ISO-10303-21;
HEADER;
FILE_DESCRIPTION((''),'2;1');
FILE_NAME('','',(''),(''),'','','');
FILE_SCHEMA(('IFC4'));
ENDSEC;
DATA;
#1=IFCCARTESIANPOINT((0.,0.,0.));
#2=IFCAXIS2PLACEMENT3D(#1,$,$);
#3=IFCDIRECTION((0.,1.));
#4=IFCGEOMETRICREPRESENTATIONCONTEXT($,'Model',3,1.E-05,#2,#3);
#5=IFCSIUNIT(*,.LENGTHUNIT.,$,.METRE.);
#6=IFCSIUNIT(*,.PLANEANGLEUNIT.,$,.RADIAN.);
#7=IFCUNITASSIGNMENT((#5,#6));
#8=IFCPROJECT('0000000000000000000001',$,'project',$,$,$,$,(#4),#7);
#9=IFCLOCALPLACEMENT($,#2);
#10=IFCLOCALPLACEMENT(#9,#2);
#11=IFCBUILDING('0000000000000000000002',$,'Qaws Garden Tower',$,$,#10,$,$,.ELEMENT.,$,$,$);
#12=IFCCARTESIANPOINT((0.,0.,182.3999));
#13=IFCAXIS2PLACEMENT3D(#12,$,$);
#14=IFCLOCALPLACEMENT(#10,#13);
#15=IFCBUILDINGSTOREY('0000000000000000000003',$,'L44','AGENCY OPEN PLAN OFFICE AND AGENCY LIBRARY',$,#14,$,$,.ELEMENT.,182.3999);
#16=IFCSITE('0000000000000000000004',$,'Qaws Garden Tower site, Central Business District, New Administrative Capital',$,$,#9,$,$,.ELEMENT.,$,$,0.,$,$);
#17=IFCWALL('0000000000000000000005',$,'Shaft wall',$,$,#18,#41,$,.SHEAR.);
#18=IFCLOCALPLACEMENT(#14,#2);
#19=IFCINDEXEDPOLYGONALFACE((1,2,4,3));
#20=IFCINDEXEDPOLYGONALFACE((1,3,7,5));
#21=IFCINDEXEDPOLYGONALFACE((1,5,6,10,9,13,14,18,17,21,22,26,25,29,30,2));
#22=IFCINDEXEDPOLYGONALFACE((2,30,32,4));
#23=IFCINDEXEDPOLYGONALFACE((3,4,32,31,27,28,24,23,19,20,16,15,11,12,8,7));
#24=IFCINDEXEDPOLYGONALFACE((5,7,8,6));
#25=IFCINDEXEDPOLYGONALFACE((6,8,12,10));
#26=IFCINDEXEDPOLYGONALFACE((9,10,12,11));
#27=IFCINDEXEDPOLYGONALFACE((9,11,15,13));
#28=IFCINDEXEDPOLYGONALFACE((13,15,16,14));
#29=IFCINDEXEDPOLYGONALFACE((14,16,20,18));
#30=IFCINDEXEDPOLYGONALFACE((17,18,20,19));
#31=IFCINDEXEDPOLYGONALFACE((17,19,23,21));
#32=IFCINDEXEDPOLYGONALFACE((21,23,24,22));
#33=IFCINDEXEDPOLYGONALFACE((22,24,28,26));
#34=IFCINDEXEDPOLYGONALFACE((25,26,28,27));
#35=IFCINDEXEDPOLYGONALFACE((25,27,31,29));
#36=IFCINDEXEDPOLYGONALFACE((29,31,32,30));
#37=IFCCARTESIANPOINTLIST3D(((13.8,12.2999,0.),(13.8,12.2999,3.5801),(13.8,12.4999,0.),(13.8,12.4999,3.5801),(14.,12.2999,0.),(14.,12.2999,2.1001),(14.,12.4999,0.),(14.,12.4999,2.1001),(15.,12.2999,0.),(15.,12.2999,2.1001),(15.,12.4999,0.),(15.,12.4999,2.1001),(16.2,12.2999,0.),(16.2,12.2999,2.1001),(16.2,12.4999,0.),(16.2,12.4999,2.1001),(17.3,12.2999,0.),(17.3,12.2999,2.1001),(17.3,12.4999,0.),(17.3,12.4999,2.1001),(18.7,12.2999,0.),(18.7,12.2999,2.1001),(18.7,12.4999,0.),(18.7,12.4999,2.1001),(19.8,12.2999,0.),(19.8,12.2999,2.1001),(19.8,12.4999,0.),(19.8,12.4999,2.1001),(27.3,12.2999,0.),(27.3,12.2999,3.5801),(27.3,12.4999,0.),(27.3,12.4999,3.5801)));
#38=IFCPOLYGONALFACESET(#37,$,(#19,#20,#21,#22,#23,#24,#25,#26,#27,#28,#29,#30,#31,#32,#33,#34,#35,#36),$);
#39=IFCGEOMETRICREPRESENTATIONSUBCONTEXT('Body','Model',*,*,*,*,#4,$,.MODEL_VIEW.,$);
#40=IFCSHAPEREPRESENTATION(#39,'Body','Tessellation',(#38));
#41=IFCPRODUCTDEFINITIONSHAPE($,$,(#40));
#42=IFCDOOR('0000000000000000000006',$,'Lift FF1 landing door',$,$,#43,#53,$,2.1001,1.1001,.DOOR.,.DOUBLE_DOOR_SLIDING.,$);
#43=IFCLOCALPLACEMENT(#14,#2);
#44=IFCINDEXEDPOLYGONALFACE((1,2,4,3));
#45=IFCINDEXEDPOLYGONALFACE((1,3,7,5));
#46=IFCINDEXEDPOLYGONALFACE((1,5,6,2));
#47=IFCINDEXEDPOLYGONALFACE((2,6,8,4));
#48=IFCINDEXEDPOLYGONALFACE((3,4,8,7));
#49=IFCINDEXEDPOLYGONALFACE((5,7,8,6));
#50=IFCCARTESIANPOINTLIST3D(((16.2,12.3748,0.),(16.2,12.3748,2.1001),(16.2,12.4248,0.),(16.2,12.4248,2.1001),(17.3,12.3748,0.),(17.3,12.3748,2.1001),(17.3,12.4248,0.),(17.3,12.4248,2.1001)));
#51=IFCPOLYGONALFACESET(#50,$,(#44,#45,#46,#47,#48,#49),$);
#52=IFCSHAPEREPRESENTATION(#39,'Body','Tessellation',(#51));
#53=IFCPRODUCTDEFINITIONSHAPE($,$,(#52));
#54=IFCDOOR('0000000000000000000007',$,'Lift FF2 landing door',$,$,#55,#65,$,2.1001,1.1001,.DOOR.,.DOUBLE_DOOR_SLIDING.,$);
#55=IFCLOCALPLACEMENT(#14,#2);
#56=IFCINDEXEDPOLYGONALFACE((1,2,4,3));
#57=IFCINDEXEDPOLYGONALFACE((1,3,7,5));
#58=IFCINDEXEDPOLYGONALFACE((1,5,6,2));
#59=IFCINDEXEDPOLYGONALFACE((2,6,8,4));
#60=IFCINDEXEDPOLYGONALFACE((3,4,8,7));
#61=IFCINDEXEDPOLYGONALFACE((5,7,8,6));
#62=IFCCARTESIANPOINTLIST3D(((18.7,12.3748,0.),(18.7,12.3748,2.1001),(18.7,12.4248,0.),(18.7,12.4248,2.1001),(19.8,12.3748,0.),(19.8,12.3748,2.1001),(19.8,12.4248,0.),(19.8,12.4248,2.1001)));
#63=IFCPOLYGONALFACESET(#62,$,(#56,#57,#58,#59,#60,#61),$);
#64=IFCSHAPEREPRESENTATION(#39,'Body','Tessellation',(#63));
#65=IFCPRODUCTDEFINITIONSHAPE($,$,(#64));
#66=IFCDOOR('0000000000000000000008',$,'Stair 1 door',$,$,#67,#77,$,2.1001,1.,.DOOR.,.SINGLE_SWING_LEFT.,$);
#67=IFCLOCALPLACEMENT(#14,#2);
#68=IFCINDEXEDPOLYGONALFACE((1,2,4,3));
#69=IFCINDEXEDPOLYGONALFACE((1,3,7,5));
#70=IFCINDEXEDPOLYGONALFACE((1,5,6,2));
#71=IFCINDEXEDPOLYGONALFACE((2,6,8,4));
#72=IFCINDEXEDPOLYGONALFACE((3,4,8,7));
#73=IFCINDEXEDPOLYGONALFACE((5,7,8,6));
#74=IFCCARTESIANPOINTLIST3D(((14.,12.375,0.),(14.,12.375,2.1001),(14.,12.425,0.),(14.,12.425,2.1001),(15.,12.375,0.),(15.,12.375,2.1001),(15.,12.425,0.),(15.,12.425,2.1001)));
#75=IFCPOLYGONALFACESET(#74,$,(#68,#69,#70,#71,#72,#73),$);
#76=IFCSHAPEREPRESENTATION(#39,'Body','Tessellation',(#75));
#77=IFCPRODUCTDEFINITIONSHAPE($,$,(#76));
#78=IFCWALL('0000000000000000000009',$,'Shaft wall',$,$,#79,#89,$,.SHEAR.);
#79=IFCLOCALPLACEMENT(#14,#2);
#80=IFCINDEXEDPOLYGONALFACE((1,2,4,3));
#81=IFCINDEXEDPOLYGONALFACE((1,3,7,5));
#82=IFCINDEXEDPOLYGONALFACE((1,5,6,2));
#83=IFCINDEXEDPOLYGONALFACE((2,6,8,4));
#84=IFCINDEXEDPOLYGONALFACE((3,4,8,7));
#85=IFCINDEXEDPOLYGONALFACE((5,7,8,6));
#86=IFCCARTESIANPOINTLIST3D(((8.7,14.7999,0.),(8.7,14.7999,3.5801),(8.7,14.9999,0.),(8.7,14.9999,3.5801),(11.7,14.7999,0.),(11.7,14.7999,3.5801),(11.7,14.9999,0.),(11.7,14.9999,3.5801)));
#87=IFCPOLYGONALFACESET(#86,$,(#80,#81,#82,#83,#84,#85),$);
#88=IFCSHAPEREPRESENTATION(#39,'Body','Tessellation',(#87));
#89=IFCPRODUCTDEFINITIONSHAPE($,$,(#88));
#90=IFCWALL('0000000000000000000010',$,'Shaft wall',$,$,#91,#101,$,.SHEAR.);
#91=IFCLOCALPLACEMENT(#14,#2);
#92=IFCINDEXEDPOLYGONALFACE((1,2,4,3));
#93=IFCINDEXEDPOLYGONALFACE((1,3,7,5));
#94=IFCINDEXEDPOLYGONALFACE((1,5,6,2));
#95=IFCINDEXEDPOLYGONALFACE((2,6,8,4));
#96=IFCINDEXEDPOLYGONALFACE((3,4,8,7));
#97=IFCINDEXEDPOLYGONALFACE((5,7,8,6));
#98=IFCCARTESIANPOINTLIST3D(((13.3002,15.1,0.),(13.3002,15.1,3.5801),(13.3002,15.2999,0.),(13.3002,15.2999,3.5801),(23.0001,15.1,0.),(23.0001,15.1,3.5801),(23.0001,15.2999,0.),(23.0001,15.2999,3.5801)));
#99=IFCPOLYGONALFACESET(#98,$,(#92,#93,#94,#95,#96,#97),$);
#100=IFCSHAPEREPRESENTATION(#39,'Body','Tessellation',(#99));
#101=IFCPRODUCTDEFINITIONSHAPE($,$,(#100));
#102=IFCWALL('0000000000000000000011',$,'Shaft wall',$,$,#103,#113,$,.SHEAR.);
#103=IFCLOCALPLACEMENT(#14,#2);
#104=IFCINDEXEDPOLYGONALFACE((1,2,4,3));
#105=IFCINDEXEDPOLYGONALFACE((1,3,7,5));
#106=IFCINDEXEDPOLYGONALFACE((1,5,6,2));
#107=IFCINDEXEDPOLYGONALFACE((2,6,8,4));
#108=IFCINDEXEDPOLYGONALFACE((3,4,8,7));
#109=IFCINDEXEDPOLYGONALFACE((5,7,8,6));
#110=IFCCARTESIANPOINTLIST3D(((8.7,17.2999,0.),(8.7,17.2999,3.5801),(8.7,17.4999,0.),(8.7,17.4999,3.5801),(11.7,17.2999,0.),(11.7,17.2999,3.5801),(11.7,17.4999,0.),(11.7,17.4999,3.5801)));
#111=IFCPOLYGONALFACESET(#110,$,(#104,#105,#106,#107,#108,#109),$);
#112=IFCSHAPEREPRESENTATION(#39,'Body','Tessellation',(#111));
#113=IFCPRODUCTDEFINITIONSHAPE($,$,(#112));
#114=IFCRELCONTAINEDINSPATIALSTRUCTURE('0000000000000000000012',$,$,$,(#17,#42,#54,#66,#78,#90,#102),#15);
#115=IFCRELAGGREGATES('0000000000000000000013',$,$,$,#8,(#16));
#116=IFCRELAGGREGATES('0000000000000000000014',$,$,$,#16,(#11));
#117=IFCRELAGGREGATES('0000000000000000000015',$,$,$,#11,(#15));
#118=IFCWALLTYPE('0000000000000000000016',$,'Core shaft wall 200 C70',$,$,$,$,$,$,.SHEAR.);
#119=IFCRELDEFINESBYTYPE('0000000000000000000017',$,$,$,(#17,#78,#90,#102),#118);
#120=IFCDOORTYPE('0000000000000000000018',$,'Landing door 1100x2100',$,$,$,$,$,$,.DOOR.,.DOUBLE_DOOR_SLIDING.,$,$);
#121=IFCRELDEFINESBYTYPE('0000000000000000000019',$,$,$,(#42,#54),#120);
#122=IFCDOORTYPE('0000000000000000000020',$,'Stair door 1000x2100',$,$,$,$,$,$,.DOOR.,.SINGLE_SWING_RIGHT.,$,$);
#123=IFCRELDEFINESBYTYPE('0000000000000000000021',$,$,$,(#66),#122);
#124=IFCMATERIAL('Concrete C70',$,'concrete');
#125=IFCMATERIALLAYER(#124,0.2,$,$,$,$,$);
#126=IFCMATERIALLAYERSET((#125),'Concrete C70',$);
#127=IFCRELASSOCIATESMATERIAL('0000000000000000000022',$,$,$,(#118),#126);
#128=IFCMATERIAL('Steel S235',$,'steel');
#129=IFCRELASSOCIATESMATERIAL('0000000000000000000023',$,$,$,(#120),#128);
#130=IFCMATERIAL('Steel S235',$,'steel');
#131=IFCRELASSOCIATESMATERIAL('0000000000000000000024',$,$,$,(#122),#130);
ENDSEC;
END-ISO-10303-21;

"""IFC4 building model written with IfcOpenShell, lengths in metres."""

from ifc_helpers import new_model, si_unit, direction, frame, frame_2d, origin, place, context, subcontext, project, spatial, rectangle, extrude, material, layer, layer_set, type_object, element, fill, save


model = new_model("IFC4")

# Units and contexts
model_context = context("Model", 3, precision=1e-05, world=origin(), true_north=direction((0.0, 1.0)))
body_context = subcontext(model_context, "Body", "Model", "MODEL_VIEW")
ifc_project = project(units=[si_unit("LENGTHUNIT", "METRE"), si_unit("PLANEANGLEUNIT", "RADIAN")], contexts=[model_context])

# Site, building, storey
site_placement = place(None, origin())
site = spatial("IfcSite", under=ifc_project, at=site_placement, Name="Qaws Garden Tower site, Central Business District, New Administrative Capital", CompositionType="ELEMENT", RefElevation=0.0)
building_placement = place(site_placement, origin())
building = spatial("IfcBuilding", under=site, at=building_placement, Name="Qaws Garden Tower", CompositionType="ELEMENT")
storey_placement = place(building_placement, frame((0.0, 0.0, 182.3999)))
storey = spatial("IfcBuildingStorey", under=building, at=storey_placement, Name="L44", Description="AGENCY OPEN PLAN OFFICE AND AGENCY LIBRARY", CompositionType="ELEMENT", Elevation=182.3999)

# Shared definitions
ifc_material_1 = material(Name="Concrete C70", Category="concrete")
ifc_layer_1 = layer(ifc_material_1, 0.2)
ifc_layer_set_1 = layer_set([ifc_layer_1], Name="Concrete C70")
wall_type_1 = type_object("IfcWallType", Name="Core shaft wall 200 C70", PredefinedType="SHEAR", material=ifc_layer_set_1)

# Wall, openings, doors
wall_1_placement = place(storey_placement, frame((13.8, 12.3999, 0.0), z_axis=(0.0, 0.0, 1.0), x_axis=(1.0, 0.0, 0.0)))
wall_1 = element("IfcWall", 1, at=wall_1_placement, inside=storey, type_object=wall_type_1, Name="Shaft wall", PredefinedType="SHEAR", context=body_context, shape_type="SweptSolid", body=[
    extrude(rectangle(XDim=13.5, YDim=0.2, at=frame_2d((6.75, 0.0))), origin(), (0.0, 0.0, 1.0), 3.5801),
])
opening_1_placement = place(wall_1_placement, frame((2.3999, 0.0, 0.0)))
opening_1 = element("IfcOpeningElement", 2, at=opening_1_placement, cuts=wall_1, PredefinedType="OPENING", context=body_context, shape_type="SweptSolid", body=[
    extrude(rectangle(XDim=1.1001, YDim=2.1001, at=frame_2d((0.55, 1.05))), frame((0.0, 0.1099, 0.0), z_axis=(0.0, -1.0, 0.0), x_axis=(1.0, 0.0, 0.0)), (0.0, 0.0, 1.0), 0.22),
])
opening_2_placement = place(wall_1_placement, frame((4.8999, 0.0, 0.0)))
opening_2 = element("IfcOpeningElement", 3, at=opening_2_placement, cuts=wall_1, PredefinedType="OPENING", context=body_context, shape_type="SweptSolid", body=[
    extrude(rectangle(XDim=1.1001, YDim=2.1001, at=frame_2d((0.55, 1.05))), frame((0.0, 0.1099, 0.0), z_axis=(0.0, -1.0, 0.0), x_axis=(1.0, 0.0, 0.0)), (0.0, 0.0, 1.0), 0.22),
])
opening_3_placement = place(wall_1_placement, frame((0.2, 0.0, 0.0)))
opening_3 = element("IfcOpeningElement", 4, at=opening_3_placement, cuts=wall_1, PredefinedType="OPENING", context=body_context, shape_type="SweptSolid", body=[
    extrude(rectangle(XDim=1.0, YDim=2.1001, at=frame_2d((0.5, 1.05))), frame((0.0, 0.1099, 0.0), z_axis=(0.0, -1.0, 0.0), x_axis=(1.0, 0.0, 0.0)), (0.0, 0.0, 1.0), 0.22),
])
ifc_material_2 = material(Name="Steel S235", Category="steel")
door_type_1 = type_object("IfcDoorType", Name="Landing door 1100x2100", OperationType="DOUBLE_DOOR_SLIDING", PredefinedType="DOOR", material=ifc_material_2)
door_1_placement = place(opening_1_placement, origin())
door_1 = element("IfcDoor", 5, at=door_1_placement, inside=storey, type_object=door_type_1, Name="Lift FF1 landing door", OperationType="DOUBLE_DOOR_SLIDING", OverallHeight=2.1001, OverallWidth=1.1001, PredefinedType="DOOR", context=body_context, shape_type="SweptSolid", body=[
    extrude(rectangle(XDim=1.1001, YDim=2.1001, at=frame_2d((0.55, 1.05))), frame((0.0, 0.0249, 0.0), z_axis=(0.0, -1.0, 0.0), x_axis=(1.0, 0.0, 0.0)), (0.0, 0.0, 1.0), 0.05),
])
fill(opening_1, door_1)
door_2_placement = place(opening_2_placement, origin())
door_2 = element("IfcDoor", 6, at=door_2_placement, inside=storey, type_object=door_type_1, Name="Lift FF2 landing door", OperationType="DOUBLE_DOOR_SLIDING", OverallHeight=2.1001, OverallWidth=1.1001, PredefinedType="DOOR", context=body_context, shape_type="SweptSolid", body=[
    extrude(rectangle(XDim=1.1001, YDim=2.1001, at=frame_2d((0.55, 1.05))), frame((0.0, 0.0249, 0.0), z_axis=(0.0, -1.0, 0.0), x_axis=(1.0, 0.0, 0.0)), (0.0, 0.0, 1.0), 0.05),
])
fill(opening_2, door_2)
ifc_material_3 = material(Name="Steel S235", Category="steel")
door_type_2 = type_object("IfcDoorType", Name="Stair door 1000x2100", OperationType="SINGLE_SWING_RIGHT", PredefinedType="DOOR", material=ifc_material_3)
door_3_placement = place(opening_3_placement, frame((1.0, 0.0, 0.0), z_axis=(0.0, 0.0, 1.0), x_axis=(-1.0, 0.0, 0.0)))
door_3 = element("IfcDoor", 7, at=door_3_placement, inside=storey, type_object=door_type_2, Name="Stair 1 door", OperationType="SINGLE_SWING_LEFT", OverallHeight=2.1001, OverallWidth=1.0, PredefinedType="DOOR", context=body_context, shape_type="SweptSolid", body=[
    extrude(rectangle(XDim=1.0, YDim=2.1001, at=frame_2d((0.5, 1.05))), frame((0.0, 0.0249, 0.0), z_axis=(0.0, -1.0, 0.0), x_axis=(1.0, 0.0, 0.0)), (0.0, 0.0, 1.0), 0.05),
])
fill(opening_3, door_3)

# Walls
wall_2_placement = place(storey_placement, frame((8.7, 14.8999, 0.0), z_axis=(0.0, 0.0, 1.0), x_axis=(1.0, 0.0, 0.0)))
element("IfcWall", 8, at=wall_2_placement, inside=storey, type_object=wall_type_1, Name="Shaft wall", PredefinedType="SHEAR", context=body_context, shape_type="SweptSolid", body=[
    extrude(rectangle(XDim=3.0, YDim=0.2, at=frame_2d((1.5, 0.0))), origin(), (0.0, 0.0, 1.0), 3.5801),
])
wall_3_placement = place(storey_placement, frame((13.3, 15.2, 0.0), z_axis=(0.0, 0.0, 1.0), x_axis=(1.0, 0.0, 0.0)))
element("IfcWall", 9, at=wall_3_placement, inside=storey, type_object=wall_type_1, Name="Shaft wall", PredefinedType="SHEAR", context=body_context, shape_type="SweptSolid", body=[
    extrude(rectangle(XDim=9.7, YDim=0.2, at=frame_2d((4.8501, 0.0))), origin(), (0.0, 0.0, 1.0), 3.5801),
])
wall_4_placement = place(storey_placement, frame((8.7, 17.3999, 0.0), z_axis=(0.0, 0.0, 1.0), x_axis=(1.0, 0.0, 0.0)))
element("IfcWall", 10, at=wall_4_placement, inside=storey, type_object=wall_type_1, Name="Shaft wall", PredefinedType="SHEAR", context=body_context, shape_type="SweptSolid", body=[
    extrude(rectangle(XDim=3.0, YDim=0.2, at=frame_2d((1.5, 0.0))), origin(), (0.0, 0.0, 1.0), 3.5801),
])

save(model, "model.ifc")
